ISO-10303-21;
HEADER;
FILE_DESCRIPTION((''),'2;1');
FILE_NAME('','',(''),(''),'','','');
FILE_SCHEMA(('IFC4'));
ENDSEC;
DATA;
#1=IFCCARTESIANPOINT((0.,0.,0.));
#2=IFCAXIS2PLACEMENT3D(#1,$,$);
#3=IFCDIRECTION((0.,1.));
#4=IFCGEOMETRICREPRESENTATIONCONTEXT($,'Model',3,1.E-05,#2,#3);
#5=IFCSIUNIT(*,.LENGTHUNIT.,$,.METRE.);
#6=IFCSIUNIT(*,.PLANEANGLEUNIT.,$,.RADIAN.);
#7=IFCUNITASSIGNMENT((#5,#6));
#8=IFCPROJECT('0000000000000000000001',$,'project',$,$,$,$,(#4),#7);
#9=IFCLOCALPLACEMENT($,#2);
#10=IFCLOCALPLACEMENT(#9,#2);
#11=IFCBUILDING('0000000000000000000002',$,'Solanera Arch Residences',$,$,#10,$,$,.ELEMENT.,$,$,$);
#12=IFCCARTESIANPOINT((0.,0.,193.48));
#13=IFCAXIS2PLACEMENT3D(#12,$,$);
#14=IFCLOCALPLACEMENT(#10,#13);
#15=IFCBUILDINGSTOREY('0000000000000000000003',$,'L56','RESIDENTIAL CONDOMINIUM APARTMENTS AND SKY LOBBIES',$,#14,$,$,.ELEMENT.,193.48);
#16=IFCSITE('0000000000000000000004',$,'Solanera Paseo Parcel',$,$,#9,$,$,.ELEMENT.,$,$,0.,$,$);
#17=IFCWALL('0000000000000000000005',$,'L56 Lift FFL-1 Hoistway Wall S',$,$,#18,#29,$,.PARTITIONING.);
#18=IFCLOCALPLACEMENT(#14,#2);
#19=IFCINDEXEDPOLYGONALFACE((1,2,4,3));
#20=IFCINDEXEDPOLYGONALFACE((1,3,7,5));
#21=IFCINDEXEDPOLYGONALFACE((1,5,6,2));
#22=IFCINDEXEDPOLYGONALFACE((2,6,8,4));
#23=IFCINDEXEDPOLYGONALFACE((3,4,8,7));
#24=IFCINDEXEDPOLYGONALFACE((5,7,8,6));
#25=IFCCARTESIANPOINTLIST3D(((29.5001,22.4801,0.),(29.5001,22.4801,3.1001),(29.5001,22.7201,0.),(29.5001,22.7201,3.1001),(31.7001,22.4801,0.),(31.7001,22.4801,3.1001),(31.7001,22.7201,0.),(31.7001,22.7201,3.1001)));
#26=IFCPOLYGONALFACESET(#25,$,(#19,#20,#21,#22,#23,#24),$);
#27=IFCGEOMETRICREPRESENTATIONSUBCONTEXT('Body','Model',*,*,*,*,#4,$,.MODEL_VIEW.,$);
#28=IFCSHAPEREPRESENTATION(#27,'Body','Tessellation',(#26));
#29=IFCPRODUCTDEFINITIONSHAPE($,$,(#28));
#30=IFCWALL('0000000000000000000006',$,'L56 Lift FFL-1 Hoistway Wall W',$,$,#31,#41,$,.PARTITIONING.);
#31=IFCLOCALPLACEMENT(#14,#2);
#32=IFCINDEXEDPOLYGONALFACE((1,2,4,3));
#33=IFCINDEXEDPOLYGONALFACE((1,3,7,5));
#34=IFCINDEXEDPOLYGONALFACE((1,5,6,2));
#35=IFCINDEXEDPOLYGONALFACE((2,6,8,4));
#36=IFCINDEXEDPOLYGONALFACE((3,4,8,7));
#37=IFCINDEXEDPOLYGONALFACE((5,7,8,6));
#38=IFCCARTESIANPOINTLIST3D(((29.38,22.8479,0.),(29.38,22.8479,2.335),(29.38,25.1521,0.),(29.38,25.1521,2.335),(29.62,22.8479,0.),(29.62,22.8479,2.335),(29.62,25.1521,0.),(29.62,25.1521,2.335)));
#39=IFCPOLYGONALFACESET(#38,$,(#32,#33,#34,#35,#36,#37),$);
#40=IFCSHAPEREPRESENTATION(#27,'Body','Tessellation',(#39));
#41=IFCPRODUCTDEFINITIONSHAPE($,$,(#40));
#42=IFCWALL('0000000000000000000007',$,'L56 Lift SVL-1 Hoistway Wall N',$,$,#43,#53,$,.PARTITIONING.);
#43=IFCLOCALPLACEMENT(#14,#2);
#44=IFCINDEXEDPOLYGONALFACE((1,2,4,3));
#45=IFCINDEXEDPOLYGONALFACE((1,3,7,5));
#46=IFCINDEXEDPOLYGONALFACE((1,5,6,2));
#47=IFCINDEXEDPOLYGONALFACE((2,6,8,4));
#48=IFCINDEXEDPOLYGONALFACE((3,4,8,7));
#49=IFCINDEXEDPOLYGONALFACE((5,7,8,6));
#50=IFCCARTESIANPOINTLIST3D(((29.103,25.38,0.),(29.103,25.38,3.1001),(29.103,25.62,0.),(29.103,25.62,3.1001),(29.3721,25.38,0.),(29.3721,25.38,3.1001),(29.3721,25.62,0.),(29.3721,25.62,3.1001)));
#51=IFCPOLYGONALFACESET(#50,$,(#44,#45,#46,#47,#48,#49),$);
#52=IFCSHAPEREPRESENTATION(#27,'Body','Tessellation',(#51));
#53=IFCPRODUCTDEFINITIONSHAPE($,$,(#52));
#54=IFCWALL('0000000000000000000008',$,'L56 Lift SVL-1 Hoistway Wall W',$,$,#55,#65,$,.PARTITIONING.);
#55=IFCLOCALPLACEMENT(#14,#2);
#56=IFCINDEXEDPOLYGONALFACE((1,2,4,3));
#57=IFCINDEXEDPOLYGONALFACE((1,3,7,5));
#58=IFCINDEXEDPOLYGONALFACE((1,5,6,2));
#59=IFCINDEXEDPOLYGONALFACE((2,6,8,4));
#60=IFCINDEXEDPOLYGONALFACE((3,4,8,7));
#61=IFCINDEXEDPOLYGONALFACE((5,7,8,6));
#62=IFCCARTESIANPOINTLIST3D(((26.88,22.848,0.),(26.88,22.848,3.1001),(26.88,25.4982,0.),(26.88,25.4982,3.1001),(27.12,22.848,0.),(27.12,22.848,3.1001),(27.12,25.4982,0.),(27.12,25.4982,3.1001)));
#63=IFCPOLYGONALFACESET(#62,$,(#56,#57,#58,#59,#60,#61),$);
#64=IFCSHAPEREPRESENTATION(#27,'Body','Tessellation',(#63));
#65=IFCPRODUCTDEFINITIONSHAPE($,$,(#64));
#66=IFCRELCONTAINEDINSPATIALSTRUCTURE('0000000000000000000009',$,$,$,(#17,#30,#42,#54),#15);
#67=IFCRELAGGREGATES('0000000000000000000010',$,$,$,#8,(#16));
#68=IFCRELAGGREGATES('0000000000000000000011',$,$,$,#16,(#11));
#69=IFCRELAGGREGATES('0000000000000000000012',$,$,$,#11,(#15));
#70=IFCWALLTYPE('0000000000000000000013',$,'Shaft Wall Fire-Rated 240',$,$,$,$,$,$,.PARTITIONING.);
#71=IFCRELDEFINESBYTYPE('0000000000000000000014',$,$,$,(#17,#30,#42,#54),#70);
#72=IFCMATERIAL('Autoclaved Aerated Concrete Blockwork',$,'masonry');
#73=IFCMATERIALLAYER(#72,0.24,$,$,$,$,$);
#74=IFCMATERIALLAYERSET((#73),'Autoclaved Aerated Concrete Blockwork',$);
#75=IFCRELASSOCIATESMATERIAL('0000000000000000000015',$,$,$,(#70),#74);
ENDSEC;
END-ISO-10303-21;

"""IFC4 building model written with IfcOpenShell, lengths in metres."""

from ifc_helpers import new_model, si_unit, direction, frame, frame_2d, origin, place, context, subcontext, project, spatial, rectangle, extrude, material, layer, layer_set, type_object, element, save


model = new_model("IFC4")

# Units and contexts
model_context = context("Model", 3, precision=1e-05, world=origin(), true_north=direction((0.0, 1.0)))
body_context = subcontext(model_context, "Body", "Model", "MODEL_VIEW")
ifc_project = project(units=[si_unit("LENGTHUNIT", "METRE"), si_unit("PLANEANGLEUNIT", "RADIAN")], contexts=[model_context])

# Site, building, storey
site_placement = place(None, origin())
site = spatial("IfcSite", under=ifc_project, at=site_placement, Name="Solanera Paseo Parcel", CompositionType="ELEMENT", RefElevation=0.0)
building_placement = place(site_placement, origin())
building = spatial("IfcBuilding", under=site, at=building_placement, Name="Solanera Arch Residences", CompositionType="ELEMENT")
storey_placement = place(building_placement, frame((0.0, 0.0, 193.48)))
storey = spatial("IfcBuildingStorey", under=building, at=storey_placement, Name="L56", Description="RESIDENTIAL CONDOMINIUM APARTMENTS AND SKY LOBBIES", CompositionType="ELEMENT", Elevation=193.48)

# Walls
ifc_material_1 = material(Name="Autoclaved Aerated Concrete Blockwork", Category="masonry")
ifc_layer_1 = layer(ifc_material_1, 0.24)
ifc_layer_set_1 = layer_set([ifc_layer_1], Name="Autoclaved Aerated Concrete Blockwork")
wall_type_1 = type_object("IfcWallType", Name="Shaft Wall Fire-Rated 240", PredefinedType="PARTITIONING", material=ifc_layer_set_1)
wall_1_placement = place(storey_placement, frame((29.5, 22.6001, 0.0), z_axis=(0.0, 0.0, 1.0), x_axis=(1.0, 0.0, 0.0)))
element("IfcWall", 1, at=wall_1_placement, inside=storey, type_object=wall_type_1, Name="L56 Lift FFL-1 Hoistway Wall S", PredefinedType="PARTITIONING", context=body_context, shape_type="SweptSolid", body=[
    extrude(rectangle(XDim=2.2, YDim=0.24, at=frame_2d((1.1001, 0.0))), origin(), (0.0, 0.0, 1.0), 3.1001),
])
wall_2_placement = place(storey_placement, frame((29.5, 22.8479, 0.0), z_axis=(0.0, 0.0, 1.0), x_axis=(0.0, 1.0, 0.0)))
element("IfcWall", 2, at=wall_2_placement, inside=storey, type_object=wall_type_1, Name="L56 Lift FFL-1 Hoistway Wall W", PredefinedType="PARTITIONING", context=body_context, shape_type="SweptSolid", body=[
    extrude(rectangle(XDim=2.3042, YDim=0.24, at=frame_2d((1.1521, 0.0))), origin(), (0.0, 0.0, 1.0), 2.335),
])
wall_3_placement = place(storey_placement, frame((29.103, 25.5, 0.0), z_axis=(0.0, 0.0, 1.0), x_axis=(1.0, 0.0, 0.0)))
element("IfcWall", 3, at=wall_3_placement, inside=storey, type_object=wall_type_1, Name="L56 Lift SVL-1 Hoistway Wall N", PredefinedType="PARTITIONING", context=body_context, shape_type="SweptSolid", body=[
    extrude(rectangle(XDim=0.269, YDim=0.24, at=frame_2d((0.1345, 0.0))), origin(), (0.0, 0.0, 1.0), 3.1001),
])
wall_4_placement = place(storey_placement, frame((27.0, 22.8479, 0.0), z_axis=(0.0, 0.0, 1.0), x_axis=(0.0, 1.0, 0.0)))
element("IfcWall", 4, at=wall_4_placement, inside=storey, type_object=wall_type_1, Name="L56 Lift SVL-1 Hoistway Wall W", PredefinedType="PARTITIONING", context=body_context, shape_type="SweptSolid", body=[
    extrude(rectangle(XDim=2.6501, YDim=0.24, at=frame_2d((1.3252, 0.0))), origin(), (0.0, 0.0, 1.0), 3.1001),
])

save(model, "model.ifc")
